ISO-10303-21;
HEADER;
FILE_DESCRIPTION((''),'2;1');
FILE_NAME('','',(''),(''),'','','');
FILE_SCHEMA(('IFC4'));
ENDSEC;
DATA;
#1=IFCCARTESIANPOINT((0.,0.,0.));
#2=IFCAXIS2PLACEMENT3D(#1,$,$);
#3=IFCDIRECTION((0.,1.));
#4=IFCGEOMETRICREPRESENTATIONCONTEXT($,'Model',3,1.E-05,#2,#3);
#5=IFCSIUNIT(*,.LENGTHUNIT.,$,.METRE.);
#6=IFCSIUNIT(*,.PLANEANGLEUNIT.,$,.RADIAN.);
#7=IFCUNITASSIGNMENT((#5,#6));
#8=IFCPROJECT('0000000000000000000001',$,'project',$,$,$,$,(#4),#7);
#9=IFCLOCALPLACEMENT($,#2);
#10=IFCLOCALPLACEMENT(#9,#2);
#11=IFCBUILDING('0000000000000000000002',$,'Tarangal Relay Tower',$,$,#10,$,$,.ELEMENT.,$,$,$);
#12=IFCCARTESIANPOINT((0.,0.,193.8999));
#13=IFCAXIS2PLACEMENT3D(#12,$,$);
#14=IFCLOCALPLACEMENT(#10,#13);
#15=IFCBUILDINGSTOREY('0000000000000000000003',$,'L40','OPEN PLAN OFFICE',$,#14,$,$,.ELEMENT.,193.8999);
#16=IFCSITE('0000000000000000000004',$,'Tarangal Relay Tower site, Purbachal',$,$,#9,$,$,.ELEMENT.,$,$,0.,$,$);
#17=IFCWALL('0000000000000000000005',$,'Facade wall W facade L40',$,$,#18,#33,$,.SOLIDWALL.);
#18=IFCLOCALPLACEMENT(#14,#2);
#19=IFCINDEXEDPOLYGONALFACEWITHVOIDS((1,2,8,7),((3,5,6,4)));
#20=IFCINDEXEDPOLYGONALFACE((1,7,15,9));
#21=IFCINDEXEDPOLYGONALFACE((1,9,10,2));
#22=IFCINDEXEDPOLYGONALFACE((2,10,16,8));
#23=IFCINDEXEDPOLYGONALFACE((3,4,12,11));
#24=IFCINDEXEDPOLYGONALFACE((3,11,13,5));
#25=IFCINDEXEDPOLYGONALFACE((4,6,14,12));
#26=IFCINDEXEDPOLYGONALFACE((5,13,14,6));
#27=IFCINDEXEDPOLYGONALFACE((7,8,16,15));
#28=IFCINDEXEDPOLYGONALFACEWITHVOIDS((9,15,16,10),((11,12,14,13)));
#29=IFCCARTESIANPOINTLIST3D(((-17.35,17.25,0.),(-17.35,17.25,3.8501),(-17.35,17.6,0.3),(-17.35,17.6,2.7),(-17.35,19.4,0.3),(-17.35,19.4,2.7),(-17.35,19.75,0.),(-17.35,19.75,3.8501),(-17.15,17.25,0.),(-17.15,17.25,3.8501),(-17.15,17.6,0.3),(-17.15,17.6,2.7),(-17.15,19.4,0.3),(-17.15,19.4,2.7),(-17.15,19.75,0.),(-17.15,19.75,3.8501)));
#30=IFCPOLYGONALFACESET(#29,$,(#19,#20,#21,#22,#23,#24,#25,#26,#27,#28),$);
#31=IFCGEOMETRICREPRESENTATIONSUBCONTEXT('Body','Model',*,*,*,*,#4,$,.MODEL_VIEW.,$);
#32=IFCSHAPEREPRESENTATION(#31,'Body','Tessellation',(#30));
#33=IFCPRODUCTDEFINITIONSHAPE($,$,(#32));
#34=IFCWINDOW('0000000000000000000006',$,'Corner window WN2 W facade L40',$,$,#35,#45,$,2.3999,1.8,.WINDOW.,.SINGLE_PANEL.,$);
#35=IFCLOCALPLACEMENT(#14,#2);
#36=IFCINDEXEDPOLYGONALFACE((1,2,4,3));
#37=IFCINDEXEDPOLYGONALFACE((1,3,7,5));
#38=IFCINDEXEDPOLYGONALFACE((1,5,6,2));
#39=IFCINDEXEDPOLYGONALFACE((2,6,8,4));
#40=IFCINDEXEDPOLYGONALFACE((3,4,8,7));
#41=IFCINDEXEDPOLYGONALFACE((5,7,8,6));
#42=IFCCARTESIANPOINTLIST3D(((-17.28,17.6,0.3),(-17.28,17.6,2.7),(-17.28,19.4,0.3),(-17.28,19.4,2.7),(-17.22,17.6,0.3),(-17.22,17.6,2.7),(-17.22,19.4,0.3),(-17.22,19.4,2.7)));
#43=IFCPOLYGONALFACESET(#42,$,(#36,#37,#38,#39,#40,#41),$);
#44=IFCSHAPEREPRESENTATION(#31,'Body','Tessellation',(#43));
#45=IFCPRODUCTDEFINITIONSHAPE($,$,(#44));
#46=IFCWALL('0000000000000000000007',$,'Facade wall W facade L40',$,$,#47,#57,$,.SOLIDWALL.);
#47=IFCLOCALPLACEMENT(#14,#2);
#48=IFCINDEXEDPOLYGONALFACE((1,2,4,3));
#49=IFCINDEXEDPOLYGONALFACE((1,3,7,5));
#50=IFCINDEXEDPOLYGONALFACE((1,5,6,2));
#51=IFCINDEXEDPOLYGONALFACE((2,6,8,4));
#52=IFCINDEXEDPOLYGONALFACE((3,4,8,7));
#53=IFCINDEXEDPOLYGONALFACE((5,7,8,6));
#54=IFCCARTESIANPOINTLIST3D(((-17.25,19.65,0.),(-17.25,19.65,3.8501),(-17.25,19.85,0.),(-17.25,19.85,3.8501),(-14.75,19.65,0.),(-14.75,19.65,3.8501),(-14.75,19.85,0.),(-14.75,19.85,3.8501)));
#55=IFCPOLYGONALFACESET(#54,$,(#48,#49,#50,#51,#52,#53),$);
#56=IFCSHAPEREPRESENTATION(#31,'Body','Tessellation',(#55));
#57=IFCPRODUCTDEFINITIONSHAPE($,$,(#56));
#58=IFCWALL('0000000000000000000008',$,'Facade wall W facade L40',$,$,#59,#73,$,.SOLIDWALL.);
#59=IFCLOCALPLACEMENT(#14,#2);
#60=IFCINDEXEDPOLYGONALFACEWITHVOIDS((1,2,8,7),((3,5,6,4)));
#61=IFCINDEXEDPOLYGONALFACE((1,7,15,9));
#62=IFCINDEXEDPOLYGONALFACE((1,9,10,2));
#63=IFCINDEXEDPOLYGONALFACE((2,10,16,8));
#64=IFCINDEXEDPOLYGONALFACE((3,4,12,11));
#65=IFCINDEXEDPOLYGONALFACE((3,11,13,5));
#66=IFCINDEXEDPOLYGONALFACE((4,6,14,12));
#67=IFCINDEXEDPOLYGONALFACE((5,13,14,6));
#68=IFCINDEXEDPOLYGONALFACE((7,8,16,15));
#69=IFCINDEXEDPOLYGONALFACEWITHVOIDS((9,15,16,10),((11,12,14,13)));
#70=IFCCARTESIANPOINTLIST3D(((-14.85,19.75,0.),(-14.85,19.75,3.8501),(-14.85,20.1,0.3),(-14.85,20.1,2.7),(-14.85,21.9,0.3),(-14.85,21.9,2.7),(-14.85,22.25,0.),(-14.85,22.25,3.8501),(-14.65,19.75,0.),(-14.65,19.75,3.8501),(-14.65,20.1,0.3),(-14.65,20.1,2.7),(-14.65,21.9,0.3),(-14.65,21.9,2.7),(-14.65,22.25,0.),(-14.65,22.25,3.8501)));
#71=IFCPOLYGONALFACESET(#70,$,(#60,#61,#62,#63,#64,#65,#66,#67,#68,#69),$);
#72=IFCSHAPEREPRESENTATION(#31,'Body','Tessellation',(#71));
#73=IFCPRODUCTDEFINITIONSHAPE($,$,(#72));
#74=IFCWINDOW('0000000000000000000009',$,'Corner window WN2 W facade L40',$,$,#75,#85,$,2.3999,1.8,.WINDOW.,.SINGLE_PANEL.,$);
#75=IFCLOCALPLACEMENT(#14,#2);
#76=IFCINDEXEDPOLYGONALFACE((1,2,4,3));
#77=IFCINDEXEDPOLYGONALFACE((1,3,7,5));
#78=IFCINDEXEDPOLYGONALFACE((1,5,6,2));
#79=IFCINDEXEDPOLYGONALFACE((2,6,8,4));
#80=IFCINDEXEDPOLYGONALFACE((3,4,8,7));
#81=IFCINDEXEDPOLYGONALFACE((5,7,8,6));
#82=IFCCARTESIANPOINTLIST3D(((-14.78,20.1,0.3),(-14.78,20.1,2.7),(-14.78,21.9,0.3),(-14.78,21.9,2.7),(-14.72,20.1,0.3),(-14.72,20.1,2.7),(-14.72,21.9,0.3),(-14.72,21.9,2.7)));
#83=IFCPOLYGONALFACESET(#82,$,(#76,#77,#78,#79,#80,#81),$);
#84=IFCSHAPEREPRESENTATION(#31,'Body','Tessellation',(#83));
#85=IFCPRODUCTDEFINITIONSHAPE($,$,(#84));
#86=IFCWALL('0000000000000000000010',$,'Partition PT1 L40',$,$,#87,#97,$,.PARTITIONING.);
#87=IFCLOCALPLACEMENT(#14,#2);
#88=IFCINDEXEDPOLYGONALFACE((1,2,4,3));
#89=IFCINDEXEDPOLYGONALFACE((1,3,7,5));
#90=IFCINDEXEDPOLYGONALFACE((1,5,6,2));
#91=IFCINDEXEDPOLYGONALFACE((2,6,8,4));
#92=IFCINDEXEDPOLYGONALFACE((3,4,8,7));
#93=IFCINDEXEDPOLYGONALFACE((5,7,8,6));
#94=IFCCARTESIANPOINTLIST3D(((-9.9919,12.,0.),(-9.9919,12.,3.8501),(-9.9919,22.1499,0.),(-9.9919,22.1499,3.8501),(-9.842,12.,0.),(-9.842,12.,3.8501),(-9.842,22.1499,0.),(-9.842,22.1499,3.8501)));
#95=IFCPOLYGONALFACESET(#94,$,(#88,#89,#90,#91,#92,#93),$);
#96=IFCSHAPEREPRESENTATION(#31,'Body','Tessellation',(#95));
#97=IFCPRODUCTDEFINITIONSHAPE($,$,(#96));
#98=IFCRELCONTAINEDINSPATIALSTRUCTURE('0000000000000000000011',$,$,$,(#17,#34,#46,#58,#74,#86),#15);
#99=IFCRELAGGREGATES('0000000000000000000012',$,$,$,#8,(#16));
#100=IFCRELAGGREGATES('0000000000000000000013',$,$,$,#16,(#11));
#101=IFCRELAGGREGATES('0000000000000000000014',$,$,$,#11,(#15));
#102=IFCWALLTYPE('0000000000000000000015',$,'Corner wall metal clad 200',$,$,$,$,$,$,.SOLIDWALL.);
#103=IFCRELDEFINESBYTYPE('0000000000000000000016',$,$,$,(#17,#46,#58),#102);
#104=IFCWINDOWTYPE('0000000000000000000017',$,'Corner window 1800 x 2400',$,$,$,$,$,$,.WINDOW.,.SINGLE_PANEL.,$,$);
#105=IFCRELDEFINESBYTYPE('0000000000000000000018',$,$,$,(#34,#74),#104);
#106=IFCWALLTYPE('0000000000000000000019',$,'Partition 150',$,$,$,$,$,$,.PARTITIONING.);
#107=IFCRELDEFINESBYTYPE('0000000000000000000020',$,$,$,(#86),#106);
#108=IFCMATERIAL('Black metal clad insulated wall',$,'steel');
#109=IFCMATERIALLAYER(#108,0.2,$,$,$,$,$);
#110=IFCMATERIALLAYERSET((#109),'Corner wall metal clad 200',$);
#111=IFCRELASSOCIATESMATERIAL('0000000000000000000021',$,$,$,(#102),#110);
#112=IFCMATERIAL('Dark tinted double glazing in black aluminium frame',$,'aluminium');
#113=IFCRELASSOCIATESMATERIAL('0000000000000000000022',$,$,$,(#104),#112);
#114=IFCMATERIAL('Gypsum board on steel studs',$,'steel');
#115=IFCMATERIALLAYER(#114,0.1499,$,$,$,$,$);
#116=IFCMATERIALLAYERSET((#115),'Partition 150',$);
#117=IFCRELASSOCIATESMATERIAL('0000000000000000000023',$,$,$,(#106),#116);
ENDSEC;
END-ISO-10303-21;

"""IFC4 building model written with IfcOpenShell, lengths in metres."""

from ifc_helpers import new_model, si_unit, direction, frame, frame_2d, origin, place, context, subcontext, project, spatial, rectangle, extrude, material, layer, layer_set, type_object, element, fill, save


model = new_model("IFC4")

# Units and contexts
model_context = context("Model", 3, precision=1e-05, world=origin(), true_north=direction((0.0, 1.0)))
body_context = subcontext(model_context, "Body", "Model", "MODEL_VIEW")
ifc_project = project(units=[si_unit("LENGTHUNIT", "METRE"), si_unit("PLANEANGLEUNIT", "RADIAN")], contexts=[model_context])

# Site, building, storey
site_placement = place(None, origin())
site = spatial("IfcSite", under=ifc_project, at=site_placement, Name="Tarangal Relay Tower site, Purbachal", CompositionType="ELEMENT", RefElevation=0.0)
building_placement = place(site_placement, origin())
building = spatial("IfcBuilding", under=site, at=building_placement, Name="Tarangal Relay Tower", CompositionType="ELEMENT")
storey_placement = place(building_placement, frame((0.0, 0.0, 193.8999)))
storey = spatial("IfcBuildingStorey", under=building, at=storey_placement, Name="L40", Description="OPEN PLAN OFFICE", CompositionType="ELEMENT", Elevation=193.8999)

# Shared definitions
ifc_material_1 = material(Name="Black metal clad insulated wall", Category="steel")
ifc_layer_1 = layer(ifc_material_1, 0.2)
ifc_layer_set_1 = layer_set([ifc_layer_1], Name="Corner wall metal clad 200")
wall_type_1 = type_object("IfcWallType", Name="Corner wall metal clad 200", PredefinedType="SOLIDWALL", material=ifc_layer_set_1)

# Shared definitions
ifc_material_2 = material(Name="Dark tinted double glazing in black aluminium frame", Category="aluminium")
window_type = type_object("IfcWindowType", Name="Corner window 1800 x 2400", PartitioningType="SINGLE_PANEL", PredefinedType="WINDOW", material=ifc_material_2)

# Wall, opening, window
wall_1_placement = place(storey_placement, frame((-17.25, 17.25, 0.0), z_axis=(0.0, 0.0, 1.0), x_axis=(0.0, 1.0, 0.0)))
wall_1 = element("IfcWall", 1, at=wall_1_placement, inside=storey, type_object=wall_type_1, Name="Facade wall W facade L40", PredefinedType="SOLIDWALL", context=body_context, shape_type="SweptSolid", body=[
    extrude(rectangle(XDim=2.5, YDim=0.2, at=frame_2d((1.25, 0.0))), origin(), (0.0, 0.0, 1.0), 3.8501),
])
opening_1_placement = place(wall_1_placement, frame((0.3501, 0.0, 0.3)))
opening_1 = element("IfcOpeningElement", 2, at=opening_1_placement, cuts=wall_1, PredefinedType="OPENING", context=body_context, shape_type="SweptSolid", body=[
    extrude(rectangle(XDim=1.8, YDim=2.3999, at=frame_2d((0.8999, 1.2))), frame((0.0, 0.1099, 0.0), z_axis=(0.0, -1.0, 0.0), x_axis=(1.0, 0.0, 0.0)), (0.0, 0.0, 1.0), 0.22),
])
window_1_placement = place(opening_1_placement, origin())
window_1 = element("IfcWindow", 3, at=window_1_placement, inside=storey, type_object=window_type, Name="Corner window WN2 W facade L40", OverallHeight=2.3999, OverallWidth=1.8, PartitioningType="SINGLE_PANEL", PredefinedType="WINDOW", context=body_context, shape_type="SweptSolid", body=[
    extrude(rectangle(XDim=1.8, YDim=2.3999, at=frame_2d((0.8999, 1.2))), frame((0.0, 0.03, 0.0), z_axis=(0.0, -1.0, 0.0), x_axis=(1.0, 0.0, 0.0)), (0.0, 0.0, 1.0), 0.0601),
])
fill(opening_1, window_1)

# Wall
wall_2_placement = place(storey_placement, frame((-17.25, 19.75, 0.0), z_axis=(0.0, 0.0, 1.0), x_axis=(1.0, 0.0, 0.0)))
element("IfcWall", 4, at=wall_2_placement, inside=storey, type_object=wall_type_1, Name="Facade wall W facade L40", PredefinedType="SOLIDWALL", context=body_context, shape_type="SweptSolid", body=[
    extrude(rectangle(XDim=2.5, YDim=0.2, at=frame_2d((1.25, 0.0))), origin(), (0.0, 0.0, 1.0), 3.8501),
])

# Wall, opening, window
wall_3_placement = place(storey_placement, frame((-14.75, 19.75, 0.0), z_axis=(0.0, 0.0, 1.0), x_axis=(0.0, 1.0, 0.0)))
wall_3 = element("IfcWall", 5, at=wall_3_placement, inside=storey, type_object=wall_type_1, Name="Facade wall W facade L40", PredefinedType="SOLIDWALL", context=body_context, shape_type="SweptSolid", body=[
    extrude(rectangle(XDim=2.5, YDim=0.2, at=frame_2d((1.25, 0.0))), origin(), (0.0, 0.0, 1.0), 3.8501),
])
opening_2_placement = place(wall_3_placement, frame((0.3501, 0.0, 0.3)))
opening_2 = element("IfcOpeningElement", 6, at=opening_2_placement, cuts=wall_3, PredefinedType="OPENING", context=body_context, shape_type="SweptSolid", body=[
    extrude(rectangle(XDim=1.8, YDim=2.3999, at=frame_2d((0.8999, 1.2))), frame((0.0, 0.1099, 0.0), z_axis=(0.0, -1.0, 0.0), x_axis=(1.0, 0.0, 0.0)), (0.0, 0.0, 1.0), 0.22),
])
window_2_placement = place(opening_2_placement, origin())
window_2 = element("IfcWindow", 7, at=window_2_placement, inside=storey, type_object=window_type, Name="Corner window WN2 W facade L40", OverallHeight=2.3999, OverallWidth=1.8, PartitioningType="SINGLE_PANEL", PredefinedType="WINDOW", context=body_context, shape_type="SweptSolid", body=[
    extrude(rectangle(XDim=1.8, YDim=2.3999, at=frame_2d((0.8999, 1.2))), frame((0.0, 0.03, 0.0), z_axis=(0.0, -1.0, 0.0), x_axis=(1.0, 0.0, 0.0)), (0.0, 0.0, 1.0), 0.0601),
])
fill(opening_2, window_2)

# Wall
ifc_material_3 = material(Name="Gypsum board on steel studs", Category="steel")
ifc_layer_2 = layer(ifc_material_3, 0.1499)
ifc_layer_set_2 = layer_set([ifc_layer_2], Name="Partition 150")
wall_type_2 = type_object("IfcWallType", Name="Partition 150", PredefinedType="PARTITIONING", material=ifc_layer_set_2)
wall_4_placement = place(storey_placement, frame((-9.917, 12.0, 0.0), z_axis=(0.0, 0.0, 1.0), x_axis=(0.0, 1.0, 0.0)))
element("IfcWall", 8, at=wall_4_placement, inside=storey, type_object=wall_type_2, Name="Partition PT1 L40", PredefinedType="PARTITIONING", context=body_context, shape_type="SweptSolid", body=[
    extrude(rectangle(XDim=10.1499, YDim=0.1499, at=frame_2d((5.075, 0.0))), origin(), (0.0, 0.0, 1.0), 3.8501),
])

save(model, "model.ifc")
